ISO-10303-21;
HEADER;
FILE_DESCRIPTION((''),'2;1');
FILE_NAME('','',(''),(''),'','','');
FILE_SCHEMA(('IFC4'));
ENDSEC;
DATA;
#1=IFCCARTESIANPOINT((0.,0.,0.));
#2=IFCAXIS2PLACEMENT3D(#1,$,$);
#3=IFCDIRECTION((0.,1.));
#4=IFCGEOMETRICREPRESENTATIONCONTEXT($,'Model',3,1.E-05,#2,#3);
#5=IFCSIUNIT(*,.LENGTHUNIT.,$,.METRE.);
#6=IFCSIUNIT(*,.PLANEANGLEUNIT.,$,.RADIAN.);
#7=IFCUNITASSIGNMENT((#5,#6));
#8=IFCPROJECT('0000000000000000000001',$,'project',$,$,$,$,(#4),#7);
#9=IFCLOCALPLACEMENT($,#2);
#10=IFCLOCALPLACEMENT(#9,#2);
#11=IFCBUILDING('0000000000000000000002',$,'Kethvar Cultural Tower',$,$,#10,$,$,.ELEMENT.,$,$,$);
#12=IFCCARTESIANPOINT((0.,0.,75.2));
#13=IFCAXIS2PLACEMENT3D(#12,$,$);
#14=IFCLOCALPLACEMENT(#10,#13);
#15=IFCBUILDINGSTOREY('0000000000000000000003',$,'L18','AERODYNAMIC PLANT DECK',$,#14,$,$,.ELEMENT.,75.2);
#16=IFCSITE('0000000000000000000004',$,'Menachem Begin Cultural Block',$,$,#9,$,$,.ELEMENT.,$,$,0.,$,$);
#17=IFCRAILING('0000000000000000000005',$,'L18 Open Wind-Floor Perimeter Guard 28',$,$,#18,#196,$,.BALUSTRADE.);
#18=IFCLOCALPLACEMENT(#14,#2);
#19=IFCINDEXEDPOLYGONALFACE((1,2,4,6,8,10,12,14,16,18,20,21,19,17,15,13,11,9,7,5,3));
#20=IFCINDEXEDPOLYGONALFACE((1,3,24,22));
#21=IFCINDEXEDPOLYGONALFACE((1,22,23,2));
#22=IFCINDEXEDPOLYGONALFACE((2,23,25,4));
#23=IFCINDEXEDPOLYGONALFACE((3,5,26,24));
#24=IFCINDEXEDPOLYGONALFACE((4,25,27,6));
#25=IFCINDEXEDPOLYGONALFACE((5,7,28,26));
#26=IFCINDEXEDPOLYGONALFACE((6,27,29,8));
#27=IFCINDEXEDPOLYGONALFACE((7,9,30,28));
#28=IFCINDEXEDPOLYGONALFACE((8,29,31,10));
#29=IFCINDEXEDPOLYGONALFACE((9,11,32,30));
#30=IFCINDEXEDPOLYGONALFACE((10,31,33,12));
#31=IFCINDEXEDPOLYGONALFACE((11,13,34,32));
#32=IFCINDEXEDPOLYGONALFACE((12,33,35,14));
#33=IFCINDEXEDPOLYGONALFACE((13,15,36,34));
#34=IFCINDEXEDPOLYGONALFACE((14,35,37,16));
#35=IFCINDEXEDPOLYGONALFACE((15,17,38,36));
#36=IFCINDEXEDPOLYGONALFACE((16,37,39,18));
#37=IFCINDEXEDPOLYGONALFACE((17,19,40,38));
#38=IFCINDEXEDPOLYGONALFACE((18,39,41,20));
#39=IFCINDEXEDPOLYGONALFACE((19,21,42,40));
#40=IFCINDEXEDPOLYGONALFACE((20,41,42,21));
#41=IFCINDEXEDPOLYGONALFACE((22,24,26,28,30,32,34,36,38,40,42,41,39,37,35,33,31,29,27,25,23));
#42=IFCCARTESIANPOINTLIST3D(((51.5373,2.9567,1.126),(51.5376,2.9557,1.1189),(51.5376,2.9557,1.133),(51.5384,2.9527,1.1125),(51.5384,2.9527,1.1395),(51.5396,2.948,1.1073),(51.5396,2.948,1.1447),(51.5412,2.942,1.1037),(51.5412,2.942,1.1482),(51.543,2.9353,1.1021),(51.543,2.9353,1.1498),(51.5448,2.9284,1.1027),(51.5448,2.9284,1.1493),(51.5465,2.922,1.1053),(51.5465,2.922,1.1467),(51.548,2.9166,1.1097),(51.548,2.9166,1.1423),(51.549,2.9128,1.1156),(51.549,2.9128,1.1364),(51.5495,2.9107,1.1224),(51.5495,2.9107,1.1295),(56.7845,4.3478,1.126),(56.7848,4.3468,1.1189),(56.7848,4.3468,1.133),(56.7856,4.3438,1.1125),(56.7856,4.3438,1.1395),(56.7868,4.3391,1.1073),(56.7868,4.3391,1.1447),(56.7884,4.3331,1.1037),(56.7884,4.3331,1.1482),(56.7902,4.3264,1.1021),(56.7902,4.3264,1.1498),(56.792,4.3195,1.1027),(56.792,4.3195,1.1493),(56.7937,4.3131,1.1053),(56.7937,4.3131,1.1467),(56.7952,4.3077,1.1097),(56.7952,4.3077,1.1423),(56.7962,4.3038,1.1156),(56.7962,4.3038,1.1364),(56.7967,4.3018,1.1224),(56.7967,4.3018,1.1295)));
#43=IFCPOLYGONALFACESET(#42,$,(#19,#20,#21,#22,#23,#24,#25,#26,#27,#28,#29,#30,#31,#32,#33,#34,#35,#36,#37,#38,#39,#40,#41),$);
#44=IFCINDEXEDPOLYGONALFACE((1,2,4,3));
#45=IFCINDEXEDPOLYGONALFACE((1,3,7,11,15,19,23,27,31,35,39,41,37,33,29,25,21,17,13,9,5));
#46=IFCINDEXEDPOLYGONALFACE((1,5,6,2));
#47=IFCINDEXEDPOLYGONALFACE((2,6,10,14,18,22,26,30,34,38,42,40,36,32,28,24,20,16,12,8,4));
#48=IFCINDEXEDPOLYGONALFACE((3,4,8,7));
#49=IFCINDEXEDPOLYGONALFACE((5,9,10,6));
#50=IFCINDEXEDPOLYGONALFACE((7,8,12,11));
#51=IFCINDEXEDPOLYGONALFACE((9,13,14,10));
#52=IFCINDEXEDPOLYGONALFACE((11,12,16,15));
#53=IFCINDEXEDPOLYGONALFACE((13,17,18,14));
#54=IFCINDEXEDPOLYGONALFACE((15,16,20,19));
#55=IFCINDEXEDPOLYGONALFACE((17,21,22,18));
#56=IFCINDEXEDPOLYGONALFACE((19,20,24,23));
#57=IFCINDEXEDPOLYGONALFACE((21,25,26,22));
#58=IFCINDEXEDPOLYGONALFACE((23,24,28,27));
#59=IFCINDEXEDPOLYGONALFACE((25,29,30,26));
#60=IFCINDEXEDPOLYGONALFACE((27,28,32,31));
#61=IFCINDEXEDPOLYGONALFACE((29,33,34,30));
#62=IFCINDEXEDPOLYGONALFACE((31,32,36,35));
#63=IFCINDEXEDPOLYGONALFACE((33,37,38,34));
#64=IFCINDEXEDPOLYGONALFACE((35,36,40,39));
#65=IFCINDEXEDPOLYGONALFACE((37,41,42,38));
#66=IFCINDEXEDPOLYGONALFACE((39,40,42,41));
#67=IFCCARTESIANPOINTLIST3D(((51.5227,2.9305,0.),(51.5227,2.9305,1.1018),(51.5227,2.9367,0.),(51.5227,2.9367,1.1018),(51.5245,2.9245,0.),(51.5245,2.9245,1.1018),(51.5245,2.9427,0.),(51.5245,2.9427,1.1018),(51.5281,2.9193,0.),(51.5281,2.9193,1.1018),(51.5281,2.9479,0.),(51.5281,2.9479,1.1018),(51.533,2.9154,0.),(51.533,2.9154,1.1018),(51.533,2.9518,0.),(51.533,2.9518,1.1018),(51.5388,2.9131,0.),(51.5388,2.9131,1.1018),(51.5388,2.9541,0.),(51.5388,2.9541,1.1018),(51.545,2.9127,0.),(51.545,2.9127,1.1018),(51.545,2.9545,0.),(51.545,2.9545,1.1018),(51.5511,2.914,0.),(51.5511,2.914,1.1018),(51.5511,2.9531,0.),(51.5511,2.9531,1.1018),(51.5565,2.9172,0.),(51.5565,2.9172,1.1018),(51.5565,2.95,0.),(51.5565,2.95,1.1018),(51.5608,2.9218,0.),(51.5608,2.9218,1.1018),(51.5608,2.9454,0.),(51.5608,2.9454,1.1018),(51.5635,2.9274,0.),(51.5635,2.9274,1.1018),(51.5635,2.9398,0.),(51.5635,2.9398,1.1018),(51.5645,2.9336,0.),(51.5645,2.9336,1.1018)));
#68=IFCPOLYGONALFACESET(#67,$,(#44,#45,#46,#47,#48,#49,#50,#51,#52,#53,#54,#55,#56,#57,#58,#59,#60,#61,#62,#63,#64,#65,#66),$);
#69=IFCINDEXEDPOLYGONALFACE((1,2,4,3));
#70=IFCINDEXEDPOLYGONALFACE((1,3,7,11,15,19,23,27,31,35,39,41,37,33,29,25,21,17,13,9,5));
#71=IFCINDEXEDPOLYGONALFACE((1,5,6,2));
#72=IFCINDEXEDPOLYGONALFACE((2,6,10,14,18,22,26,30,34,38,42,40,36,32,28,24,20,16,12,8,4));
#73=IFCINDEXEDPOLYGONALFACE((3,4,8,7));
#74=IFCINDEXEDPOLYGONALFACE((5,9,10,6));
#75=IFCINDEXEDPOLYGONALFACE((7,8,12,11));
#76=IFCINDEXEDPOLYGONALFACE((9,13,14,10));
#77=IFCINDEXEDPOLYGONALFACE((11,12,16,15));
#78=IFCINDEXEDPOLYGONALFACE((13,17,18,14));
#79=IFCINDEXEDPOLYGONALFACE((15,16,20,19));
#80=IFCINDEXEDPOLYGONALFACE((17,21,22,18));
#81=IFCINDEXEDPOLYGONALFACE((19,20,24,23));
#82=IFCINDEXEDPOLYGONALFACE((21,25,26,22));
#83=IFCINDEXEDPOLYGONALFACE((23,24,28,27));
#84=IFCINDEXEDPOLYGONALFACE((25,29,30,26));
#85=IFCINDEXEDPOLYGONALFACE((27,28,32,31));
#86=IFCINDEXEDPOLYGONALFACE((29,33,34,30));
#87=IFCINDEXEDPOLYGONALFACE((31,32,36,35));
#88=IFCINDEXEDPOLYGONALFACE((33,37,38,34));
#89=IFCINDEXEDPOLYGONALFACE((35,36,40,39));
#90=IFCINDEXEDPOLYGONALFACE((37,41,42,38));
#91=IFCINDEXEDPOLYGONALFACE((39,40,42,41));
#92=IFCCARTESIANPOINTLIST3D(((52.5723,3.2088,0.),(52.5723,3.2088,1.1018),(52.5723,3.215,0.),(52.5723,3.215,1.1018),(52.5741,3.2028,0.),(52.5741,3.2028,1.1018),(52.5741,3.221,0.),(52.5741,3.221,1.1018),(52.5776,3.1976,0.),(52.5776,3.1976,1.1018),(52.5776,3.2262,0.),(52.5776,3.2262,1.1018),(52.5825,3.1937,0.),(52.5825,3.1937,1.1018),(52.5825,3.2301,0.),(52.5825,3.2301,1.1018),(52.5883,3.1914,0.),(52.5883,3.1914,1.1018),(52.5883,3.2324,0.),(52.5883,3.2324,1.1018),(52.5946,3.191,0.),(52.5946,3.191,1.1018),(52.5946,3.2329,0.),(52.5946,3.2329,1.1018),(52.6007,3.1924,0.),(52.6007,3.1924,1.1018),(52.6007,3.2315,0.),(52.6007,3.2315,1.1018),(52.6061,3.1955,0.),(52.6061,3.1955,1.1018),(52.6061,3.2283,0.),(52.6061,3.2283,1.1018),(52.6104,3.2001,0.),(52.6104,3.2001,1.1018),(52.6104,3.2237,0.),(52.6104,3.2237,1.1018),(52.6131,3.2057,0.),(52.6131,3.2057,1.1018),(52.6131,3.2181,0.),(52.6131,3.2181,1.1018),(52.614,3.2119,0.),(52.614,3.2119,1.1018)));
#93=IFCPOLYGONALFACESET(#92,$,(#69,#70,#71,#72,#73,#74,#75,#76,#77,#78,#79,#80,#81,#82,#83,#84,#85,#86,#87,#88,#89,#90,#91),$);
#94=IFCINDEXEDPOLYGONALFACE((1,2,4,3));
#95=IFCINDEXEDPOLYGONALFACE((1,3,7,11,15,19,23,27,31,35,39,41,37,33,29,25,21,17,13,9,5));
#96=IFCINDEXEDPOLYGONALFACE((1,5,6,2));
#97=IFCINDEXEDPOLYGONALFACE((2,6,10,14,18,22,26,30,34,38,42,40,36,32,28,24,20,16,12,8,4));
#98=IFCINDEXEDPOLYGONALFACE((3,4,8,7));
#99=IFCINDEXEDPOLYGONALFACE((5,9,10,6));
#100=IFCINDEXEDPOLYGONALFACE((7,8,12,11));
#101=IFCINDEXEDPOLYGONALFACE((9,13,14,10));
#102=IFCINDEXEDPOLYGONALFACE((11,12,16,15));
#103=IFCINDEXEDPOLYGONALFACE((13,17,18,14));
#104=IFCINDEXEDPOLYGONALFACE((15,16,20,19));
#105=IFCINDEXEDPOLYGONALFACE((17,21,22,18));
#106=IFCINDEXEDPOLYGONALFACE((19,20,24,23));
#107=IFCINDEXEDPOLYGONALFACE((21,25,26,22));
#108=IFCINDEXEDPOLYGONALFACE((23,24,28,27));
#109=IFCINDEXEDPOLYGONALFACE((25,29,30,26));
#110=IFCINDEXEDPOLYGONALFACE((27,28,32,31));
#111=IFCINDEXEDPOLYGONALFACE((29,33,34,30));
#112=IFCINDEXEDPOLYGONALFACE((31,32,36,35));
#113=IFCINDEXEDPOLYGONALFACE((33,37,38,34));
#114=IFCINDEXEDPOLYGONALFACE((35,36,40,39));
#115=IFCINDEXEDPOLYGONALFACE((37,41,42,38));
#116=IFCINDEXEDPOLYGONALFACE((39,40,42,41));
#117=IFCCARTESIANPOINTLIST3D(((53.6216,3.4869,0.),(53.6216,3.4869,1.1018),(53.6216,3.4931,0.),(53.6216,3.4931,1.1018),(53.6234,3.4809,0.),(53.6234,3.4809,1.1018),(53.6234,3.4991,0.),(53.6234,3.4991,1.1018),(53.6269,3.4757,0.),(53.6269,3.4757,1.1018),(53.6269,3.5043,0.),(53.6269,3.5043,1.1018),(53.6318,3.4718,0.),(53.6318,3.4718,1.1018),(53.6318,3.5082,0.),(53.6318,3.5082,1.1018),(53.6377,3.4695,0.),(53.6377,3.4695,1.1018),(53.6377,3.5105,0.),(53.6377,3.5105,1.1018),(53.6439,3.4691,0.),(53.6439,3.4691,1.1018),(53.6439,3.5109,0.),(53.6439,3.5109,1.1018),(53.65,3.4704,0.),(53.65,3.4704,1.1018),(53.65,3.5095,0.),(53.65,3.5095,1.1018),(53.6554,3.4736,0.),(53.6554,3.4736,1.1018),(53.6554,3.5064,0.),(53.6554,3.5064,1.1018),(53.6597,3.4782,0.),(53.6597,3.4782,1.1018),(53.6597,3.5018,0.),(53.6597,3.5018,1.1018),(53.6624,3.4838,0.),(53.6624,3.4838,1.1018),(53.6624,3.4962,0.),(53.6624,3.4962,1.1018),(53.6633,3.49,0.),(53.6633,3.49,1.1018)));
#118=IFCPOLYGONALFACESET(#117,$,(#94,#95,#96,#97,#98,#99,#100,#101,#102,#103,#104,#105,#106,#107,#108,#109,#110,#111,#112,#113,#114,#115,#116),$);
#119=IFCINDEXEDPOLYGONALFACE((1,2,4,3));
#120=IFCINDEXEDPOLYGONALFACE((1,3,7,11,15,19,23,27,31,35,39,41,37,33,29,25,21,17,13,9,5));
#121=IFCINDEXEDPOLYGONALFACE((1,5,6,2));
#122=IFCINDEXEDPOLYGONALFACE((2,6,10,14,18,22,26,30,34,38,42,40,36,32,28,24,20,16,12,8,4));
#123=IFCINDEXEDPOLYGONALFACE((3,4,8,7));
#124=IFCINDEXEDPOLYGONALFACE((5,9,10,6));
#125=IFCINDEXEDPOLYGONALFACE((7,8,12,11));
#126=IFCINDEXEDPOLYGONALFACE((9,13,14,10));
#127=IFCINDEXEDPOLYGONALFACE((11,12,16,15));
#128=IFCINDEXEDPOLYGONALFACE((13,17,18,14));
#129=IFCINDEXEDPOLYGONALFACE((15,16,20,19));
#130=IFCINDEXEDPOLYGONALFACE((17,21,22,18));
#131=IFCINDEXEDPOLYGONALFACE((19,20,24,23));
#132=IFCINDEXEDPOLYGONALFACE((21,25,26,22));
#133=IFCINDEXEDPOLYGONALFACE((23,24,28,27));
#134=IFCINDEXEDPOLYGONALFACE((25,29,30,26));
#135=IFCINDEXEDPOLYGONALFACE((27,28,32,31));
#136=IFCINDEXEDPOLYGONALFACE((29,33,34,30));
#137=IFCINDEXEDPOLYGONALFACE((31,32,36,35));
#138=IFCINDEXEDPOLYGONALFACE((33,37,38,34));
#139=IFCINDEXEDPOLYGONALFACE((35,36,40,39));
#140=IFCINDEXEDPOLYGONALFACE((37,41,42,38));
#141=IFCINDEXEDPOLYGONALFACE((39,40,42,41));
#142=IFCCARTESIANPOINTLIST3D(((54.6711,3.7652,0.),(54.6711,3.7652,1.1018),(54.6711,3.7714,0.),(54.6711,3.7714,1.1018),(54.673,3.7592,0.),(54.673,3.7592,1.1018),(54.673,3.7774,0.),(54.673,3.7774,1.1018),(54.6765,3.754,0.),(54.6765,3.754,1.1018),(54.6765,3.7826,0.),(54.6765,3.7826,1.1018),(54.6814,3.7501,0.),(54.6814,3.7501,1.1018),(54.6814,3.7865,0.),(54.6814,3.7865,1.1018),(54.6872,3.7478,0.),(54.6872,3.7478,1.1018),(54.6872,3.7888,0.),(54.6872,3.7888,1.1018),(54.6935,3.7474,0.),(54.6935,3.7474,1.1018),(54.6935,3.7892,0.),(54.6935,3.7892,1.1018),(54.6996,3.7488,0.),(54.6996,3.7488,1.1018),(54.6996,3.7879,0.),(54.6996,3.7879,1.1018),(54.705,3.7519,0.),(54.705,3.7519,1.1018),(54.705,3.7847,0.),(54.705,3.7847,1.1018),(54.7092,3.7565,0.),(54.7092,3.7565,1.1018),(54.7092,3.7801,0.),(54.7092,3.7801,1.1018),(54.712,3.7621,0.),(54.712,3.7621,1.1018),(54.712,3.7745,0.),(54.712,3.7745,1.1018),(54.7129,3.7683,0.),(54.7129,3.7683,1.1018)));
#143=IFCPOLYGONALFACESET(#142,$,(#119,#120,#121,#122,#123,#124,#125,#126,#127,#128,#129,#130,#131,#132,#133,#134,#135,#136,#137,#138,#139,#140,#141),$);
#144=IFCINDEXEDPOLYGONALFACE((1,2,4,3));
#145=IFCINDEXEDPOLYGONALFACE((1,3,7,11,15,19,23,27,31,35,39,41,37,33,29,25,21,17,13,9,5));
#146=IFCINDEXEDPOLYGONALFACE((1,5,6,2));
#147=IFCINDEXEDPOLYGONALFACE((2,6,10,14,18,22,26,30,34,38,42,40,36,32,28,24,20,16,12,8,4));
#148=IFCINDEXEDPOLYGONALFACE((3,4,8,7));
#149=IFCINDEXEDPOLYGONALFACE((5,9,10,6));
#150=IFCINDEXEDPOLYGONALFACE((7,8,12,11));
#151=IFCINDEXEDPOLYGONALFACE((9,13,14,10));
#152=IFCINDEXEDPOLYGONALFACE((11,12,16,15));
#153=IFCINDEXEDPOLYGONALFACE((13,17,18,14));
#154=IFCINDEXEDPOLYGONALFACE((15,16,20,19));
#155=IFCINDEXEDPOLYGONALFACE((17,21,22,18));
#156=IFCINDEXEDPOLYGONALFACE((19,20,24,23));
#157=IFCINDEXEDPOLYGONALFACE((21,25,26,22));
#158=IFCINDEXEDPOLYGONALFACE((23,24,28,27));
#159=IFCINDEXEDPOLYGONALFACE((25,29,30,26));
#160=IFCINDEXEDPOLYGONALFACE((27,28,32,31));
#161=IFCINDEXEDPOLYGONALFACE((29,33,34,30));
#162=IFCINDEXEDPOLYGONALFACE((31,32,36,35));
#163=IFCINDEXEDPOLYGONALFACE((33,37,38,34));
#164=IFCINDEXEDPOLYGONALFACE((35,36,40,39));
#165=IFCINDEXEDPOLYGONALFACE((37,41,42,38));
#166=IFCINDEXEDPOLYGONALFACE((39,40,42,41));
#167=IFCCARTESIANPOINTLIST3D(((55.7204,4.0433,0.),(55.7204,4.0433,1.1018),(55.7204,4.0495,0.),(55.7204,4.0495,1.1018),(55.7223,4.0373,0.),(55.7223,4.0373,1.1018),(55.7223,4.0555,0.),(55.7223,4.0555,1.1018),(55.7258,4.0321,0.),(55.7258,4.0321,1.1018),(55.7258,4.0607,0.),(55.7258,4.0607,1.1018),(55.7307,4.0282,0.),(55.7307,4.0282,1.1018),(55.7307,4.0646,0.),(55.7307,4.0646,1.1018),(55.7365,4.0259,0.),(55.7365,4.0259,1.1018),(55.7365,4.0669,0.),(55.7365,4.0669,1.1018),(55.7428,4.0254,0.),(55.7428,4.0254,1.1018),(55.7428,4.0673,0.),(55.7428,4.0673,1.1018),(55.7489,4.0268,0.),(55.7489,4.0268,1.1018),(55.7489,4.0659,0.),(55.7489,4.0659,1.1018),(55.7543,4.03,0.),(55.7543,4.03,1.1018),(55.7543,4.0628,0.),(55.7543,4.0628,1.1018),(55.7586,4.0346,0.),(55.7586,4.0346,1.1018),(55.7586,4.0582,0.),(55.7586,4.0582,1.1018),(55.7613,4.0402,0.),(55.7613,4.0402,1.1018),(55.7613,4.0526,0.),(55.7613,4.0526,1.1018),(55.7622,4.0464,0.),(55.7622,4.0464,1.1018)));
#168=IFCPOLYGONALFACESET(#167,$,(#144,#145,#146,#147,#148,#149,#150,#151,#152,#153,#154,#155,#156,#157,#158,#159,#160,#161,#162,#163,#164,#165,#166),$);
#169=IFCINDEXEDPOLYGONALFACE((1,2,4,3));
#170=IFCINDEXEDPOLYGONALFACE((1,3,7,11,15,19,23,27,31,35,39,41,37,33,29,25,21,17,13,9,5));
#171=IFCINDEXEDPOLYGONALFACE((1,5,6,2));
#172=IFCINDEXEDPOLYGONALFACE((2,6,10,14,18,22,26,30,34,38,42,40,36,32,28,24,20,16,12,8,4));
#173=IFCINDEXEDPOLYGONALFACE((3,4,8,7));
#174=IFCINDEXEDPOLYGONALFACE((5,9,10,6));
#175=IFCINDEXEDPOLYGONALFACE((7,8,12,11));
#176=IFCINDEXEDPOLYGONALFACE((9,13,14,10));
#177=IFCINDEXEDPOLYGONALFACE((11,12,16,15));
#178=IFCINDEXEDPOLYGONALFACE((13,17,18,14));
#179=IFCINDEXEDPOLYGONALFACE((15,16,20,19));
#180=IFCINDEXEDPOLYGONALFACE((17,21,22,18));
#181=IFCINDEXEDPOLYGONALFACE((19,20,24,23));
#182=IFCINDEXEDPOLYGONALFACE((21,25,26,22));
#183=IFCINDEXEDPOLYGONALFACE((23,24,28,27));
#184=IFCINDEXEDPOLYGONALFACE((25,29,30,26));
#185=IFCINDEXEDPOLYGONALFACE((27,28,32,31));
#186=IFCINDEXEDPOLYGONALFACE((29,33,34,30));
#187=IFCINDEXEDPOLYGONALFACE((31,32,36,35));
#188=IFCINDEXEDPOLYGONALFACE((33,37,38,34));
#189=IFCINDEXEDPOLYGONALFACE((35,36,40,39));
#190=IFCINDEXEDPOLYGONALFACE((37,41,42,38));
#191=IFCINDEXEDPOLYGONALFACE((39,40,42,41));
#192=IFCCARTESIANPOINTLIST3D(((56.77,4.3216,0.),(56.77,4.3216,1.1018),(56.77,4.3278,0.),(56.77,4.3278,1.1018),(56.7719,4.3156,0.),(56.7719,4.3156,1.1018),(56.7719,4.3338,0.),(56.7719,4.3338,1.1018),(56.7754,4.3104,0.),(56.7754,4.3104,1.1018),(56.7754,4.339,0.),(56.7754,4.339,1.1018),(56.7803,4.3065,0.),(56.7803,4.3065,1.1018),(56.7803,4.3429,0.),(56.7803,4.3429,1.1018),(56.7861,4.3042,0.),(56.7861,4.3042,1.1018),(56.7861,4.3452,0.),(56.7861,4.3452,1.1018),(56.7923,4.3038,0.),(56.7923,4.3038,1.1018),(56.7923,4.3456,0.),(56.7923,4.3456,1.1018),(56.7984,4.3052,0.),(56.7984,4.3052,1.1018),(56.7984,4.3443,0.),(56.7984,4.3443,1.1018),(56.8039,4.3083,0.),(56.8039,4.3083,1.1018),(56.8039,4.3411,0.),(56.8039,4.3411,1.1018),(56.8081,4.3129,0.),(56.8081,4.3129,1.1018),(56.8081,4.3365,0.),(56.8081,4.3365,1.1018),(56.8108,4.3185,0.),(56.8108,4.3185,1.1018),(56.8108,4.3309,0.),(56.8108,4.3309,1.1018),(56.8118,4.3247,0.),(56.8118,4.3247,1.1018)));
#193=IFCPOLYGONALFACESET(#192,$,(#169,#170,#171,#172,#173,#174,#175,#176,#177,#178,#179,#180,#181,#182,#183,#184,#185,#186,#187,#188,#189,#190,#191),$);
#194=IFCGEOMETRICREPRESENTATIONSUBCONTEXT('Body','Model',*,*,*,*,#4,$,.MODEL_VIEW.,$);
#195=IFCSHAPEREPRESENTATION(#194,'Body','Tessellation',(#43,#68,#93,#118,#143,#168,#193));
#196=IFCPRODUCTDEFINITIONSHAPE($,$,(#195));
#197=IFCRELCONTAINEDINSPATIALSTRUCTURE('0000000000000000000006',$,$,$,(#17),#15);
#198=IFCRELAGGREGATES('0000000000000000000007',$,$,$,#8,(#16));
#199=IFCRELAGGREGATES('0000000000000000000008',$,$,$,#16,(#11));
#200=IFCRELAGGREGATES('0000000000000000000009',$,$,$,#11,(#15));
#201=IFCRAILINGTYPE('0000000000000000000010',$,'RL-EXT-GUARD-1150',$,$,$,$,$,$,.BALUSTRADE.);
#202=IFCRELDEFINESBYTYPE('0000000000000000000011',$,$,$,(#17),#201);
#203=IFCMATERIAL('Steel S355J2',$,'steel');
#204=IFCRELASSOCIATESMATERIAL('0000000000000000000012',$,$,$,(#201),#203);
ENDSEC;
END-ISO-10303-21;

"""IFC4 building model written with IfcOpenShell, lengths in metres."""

from ifc_helpers import new_model, si_unit, direction, frame, origin, origin_2d, place, context, subcontext, project, spatial, circle, extrude, material, type_object, element, save


model = new_model("IFC4")

# Units and contexts
model_context = context("Model", 3, precision=1e-05, world=origin(), true_north=direction((0.0, 1.0)))
body_context = subcontext(model_context, "Body", "Model", "MODEL_VIEW")
ifc_project = project(units=[si_unit("LENGTHUNIT", "METRE"), si_unit("PLANEANGLEUNIT", "RADIAN")], contexts=[model_context])

# Site, building, storey
site_placement = place(None, origin())
site = spatial("IfcSite", under=ifc_project, at=site_placement, Name="Menachem Begin Cultural Block", CompositionType="ELEMENT", RefElevation=0.0)
building_placement = place(site_placement, origin())
building = spatial("IfcBuilding", under=site, at=building_placement, Name="Kethvar Cultural Tower", CompositionType="ELEMENT")
storey_placement = place(building_placement, frame((0.0, 0.0, 75.2)))
storey = spatial("IfcBuildingStorey", under=building, at=storey_placement, Name="L18", Description="AERODYNAMIC PLANT DECK", CompositionType="ELEMENT", Elevation=75.2)

# Shared definitions
ifc_material_1 = material(Name="Steel S355J2", Category="steel")

# Railing
railing_type_1 = type_object("IfcRailingType", Name="RL-EXT-GUARD-1150", PredefinedType="BALUSTRADE", material=ifc_material_1)
railing_1_placement = place(storey_placement, frame((51.5435, 2.9336, 0.0)))
element("IfcRailing", 1, at=railing_1_placement, inside=storey, type_object=railing_type_1, Name="L18 Open Wind-Floor Perimeter Guard 28", PredefinedType="BALUSTRADE", context=body_context, shape_type="SweptSolid", body=[
    extrude(circle(Radius=0.0239, at=origin_2d()), frame((0.0, 0.0, 1.126), z_axis=(0.966609, 0.256257, 0.0), x_axis=(-0.256257, 0.966609, 0.0)), (0.0, 0.0, 1.0), 5.4285),
    extrude(circle(Radius=0.021, at=origin_2d()), origin(), (0.0, 0.0, 1.0), 1.1018),
    extrude(circle(Radius=0.021, at=origin_2d()), frame((1.0496, 0.2783, 0.0)), (0.0, 0.0, 1.0), 1.1018),
    extrude(circle(Radius=0.021, at=origin_2d()), frame((2.0989, 0.5564, 0.0)), (0.0, 0.0, 1.0), 1.1018),
    extrude(circle(Radius=0.021, at=origin_2d()), frame((3.1484, 0.8347, 0.0)), (0.0, 0.0, 1.0), 1.1018),
    extrude(circle(Radius=0.021, at=origin_2d()), frame((4.1978, 1.1128, 0.0)), (0.0, 0.0, 1.0), 1.1018),
    extrude(circle(Radius=0.021, at=origin_2d()), frame((5.2473, 1.3911, 0.0)), (0.0, 0.0, 1.0), 1.1018),
])

save(model, "model.ifc")
